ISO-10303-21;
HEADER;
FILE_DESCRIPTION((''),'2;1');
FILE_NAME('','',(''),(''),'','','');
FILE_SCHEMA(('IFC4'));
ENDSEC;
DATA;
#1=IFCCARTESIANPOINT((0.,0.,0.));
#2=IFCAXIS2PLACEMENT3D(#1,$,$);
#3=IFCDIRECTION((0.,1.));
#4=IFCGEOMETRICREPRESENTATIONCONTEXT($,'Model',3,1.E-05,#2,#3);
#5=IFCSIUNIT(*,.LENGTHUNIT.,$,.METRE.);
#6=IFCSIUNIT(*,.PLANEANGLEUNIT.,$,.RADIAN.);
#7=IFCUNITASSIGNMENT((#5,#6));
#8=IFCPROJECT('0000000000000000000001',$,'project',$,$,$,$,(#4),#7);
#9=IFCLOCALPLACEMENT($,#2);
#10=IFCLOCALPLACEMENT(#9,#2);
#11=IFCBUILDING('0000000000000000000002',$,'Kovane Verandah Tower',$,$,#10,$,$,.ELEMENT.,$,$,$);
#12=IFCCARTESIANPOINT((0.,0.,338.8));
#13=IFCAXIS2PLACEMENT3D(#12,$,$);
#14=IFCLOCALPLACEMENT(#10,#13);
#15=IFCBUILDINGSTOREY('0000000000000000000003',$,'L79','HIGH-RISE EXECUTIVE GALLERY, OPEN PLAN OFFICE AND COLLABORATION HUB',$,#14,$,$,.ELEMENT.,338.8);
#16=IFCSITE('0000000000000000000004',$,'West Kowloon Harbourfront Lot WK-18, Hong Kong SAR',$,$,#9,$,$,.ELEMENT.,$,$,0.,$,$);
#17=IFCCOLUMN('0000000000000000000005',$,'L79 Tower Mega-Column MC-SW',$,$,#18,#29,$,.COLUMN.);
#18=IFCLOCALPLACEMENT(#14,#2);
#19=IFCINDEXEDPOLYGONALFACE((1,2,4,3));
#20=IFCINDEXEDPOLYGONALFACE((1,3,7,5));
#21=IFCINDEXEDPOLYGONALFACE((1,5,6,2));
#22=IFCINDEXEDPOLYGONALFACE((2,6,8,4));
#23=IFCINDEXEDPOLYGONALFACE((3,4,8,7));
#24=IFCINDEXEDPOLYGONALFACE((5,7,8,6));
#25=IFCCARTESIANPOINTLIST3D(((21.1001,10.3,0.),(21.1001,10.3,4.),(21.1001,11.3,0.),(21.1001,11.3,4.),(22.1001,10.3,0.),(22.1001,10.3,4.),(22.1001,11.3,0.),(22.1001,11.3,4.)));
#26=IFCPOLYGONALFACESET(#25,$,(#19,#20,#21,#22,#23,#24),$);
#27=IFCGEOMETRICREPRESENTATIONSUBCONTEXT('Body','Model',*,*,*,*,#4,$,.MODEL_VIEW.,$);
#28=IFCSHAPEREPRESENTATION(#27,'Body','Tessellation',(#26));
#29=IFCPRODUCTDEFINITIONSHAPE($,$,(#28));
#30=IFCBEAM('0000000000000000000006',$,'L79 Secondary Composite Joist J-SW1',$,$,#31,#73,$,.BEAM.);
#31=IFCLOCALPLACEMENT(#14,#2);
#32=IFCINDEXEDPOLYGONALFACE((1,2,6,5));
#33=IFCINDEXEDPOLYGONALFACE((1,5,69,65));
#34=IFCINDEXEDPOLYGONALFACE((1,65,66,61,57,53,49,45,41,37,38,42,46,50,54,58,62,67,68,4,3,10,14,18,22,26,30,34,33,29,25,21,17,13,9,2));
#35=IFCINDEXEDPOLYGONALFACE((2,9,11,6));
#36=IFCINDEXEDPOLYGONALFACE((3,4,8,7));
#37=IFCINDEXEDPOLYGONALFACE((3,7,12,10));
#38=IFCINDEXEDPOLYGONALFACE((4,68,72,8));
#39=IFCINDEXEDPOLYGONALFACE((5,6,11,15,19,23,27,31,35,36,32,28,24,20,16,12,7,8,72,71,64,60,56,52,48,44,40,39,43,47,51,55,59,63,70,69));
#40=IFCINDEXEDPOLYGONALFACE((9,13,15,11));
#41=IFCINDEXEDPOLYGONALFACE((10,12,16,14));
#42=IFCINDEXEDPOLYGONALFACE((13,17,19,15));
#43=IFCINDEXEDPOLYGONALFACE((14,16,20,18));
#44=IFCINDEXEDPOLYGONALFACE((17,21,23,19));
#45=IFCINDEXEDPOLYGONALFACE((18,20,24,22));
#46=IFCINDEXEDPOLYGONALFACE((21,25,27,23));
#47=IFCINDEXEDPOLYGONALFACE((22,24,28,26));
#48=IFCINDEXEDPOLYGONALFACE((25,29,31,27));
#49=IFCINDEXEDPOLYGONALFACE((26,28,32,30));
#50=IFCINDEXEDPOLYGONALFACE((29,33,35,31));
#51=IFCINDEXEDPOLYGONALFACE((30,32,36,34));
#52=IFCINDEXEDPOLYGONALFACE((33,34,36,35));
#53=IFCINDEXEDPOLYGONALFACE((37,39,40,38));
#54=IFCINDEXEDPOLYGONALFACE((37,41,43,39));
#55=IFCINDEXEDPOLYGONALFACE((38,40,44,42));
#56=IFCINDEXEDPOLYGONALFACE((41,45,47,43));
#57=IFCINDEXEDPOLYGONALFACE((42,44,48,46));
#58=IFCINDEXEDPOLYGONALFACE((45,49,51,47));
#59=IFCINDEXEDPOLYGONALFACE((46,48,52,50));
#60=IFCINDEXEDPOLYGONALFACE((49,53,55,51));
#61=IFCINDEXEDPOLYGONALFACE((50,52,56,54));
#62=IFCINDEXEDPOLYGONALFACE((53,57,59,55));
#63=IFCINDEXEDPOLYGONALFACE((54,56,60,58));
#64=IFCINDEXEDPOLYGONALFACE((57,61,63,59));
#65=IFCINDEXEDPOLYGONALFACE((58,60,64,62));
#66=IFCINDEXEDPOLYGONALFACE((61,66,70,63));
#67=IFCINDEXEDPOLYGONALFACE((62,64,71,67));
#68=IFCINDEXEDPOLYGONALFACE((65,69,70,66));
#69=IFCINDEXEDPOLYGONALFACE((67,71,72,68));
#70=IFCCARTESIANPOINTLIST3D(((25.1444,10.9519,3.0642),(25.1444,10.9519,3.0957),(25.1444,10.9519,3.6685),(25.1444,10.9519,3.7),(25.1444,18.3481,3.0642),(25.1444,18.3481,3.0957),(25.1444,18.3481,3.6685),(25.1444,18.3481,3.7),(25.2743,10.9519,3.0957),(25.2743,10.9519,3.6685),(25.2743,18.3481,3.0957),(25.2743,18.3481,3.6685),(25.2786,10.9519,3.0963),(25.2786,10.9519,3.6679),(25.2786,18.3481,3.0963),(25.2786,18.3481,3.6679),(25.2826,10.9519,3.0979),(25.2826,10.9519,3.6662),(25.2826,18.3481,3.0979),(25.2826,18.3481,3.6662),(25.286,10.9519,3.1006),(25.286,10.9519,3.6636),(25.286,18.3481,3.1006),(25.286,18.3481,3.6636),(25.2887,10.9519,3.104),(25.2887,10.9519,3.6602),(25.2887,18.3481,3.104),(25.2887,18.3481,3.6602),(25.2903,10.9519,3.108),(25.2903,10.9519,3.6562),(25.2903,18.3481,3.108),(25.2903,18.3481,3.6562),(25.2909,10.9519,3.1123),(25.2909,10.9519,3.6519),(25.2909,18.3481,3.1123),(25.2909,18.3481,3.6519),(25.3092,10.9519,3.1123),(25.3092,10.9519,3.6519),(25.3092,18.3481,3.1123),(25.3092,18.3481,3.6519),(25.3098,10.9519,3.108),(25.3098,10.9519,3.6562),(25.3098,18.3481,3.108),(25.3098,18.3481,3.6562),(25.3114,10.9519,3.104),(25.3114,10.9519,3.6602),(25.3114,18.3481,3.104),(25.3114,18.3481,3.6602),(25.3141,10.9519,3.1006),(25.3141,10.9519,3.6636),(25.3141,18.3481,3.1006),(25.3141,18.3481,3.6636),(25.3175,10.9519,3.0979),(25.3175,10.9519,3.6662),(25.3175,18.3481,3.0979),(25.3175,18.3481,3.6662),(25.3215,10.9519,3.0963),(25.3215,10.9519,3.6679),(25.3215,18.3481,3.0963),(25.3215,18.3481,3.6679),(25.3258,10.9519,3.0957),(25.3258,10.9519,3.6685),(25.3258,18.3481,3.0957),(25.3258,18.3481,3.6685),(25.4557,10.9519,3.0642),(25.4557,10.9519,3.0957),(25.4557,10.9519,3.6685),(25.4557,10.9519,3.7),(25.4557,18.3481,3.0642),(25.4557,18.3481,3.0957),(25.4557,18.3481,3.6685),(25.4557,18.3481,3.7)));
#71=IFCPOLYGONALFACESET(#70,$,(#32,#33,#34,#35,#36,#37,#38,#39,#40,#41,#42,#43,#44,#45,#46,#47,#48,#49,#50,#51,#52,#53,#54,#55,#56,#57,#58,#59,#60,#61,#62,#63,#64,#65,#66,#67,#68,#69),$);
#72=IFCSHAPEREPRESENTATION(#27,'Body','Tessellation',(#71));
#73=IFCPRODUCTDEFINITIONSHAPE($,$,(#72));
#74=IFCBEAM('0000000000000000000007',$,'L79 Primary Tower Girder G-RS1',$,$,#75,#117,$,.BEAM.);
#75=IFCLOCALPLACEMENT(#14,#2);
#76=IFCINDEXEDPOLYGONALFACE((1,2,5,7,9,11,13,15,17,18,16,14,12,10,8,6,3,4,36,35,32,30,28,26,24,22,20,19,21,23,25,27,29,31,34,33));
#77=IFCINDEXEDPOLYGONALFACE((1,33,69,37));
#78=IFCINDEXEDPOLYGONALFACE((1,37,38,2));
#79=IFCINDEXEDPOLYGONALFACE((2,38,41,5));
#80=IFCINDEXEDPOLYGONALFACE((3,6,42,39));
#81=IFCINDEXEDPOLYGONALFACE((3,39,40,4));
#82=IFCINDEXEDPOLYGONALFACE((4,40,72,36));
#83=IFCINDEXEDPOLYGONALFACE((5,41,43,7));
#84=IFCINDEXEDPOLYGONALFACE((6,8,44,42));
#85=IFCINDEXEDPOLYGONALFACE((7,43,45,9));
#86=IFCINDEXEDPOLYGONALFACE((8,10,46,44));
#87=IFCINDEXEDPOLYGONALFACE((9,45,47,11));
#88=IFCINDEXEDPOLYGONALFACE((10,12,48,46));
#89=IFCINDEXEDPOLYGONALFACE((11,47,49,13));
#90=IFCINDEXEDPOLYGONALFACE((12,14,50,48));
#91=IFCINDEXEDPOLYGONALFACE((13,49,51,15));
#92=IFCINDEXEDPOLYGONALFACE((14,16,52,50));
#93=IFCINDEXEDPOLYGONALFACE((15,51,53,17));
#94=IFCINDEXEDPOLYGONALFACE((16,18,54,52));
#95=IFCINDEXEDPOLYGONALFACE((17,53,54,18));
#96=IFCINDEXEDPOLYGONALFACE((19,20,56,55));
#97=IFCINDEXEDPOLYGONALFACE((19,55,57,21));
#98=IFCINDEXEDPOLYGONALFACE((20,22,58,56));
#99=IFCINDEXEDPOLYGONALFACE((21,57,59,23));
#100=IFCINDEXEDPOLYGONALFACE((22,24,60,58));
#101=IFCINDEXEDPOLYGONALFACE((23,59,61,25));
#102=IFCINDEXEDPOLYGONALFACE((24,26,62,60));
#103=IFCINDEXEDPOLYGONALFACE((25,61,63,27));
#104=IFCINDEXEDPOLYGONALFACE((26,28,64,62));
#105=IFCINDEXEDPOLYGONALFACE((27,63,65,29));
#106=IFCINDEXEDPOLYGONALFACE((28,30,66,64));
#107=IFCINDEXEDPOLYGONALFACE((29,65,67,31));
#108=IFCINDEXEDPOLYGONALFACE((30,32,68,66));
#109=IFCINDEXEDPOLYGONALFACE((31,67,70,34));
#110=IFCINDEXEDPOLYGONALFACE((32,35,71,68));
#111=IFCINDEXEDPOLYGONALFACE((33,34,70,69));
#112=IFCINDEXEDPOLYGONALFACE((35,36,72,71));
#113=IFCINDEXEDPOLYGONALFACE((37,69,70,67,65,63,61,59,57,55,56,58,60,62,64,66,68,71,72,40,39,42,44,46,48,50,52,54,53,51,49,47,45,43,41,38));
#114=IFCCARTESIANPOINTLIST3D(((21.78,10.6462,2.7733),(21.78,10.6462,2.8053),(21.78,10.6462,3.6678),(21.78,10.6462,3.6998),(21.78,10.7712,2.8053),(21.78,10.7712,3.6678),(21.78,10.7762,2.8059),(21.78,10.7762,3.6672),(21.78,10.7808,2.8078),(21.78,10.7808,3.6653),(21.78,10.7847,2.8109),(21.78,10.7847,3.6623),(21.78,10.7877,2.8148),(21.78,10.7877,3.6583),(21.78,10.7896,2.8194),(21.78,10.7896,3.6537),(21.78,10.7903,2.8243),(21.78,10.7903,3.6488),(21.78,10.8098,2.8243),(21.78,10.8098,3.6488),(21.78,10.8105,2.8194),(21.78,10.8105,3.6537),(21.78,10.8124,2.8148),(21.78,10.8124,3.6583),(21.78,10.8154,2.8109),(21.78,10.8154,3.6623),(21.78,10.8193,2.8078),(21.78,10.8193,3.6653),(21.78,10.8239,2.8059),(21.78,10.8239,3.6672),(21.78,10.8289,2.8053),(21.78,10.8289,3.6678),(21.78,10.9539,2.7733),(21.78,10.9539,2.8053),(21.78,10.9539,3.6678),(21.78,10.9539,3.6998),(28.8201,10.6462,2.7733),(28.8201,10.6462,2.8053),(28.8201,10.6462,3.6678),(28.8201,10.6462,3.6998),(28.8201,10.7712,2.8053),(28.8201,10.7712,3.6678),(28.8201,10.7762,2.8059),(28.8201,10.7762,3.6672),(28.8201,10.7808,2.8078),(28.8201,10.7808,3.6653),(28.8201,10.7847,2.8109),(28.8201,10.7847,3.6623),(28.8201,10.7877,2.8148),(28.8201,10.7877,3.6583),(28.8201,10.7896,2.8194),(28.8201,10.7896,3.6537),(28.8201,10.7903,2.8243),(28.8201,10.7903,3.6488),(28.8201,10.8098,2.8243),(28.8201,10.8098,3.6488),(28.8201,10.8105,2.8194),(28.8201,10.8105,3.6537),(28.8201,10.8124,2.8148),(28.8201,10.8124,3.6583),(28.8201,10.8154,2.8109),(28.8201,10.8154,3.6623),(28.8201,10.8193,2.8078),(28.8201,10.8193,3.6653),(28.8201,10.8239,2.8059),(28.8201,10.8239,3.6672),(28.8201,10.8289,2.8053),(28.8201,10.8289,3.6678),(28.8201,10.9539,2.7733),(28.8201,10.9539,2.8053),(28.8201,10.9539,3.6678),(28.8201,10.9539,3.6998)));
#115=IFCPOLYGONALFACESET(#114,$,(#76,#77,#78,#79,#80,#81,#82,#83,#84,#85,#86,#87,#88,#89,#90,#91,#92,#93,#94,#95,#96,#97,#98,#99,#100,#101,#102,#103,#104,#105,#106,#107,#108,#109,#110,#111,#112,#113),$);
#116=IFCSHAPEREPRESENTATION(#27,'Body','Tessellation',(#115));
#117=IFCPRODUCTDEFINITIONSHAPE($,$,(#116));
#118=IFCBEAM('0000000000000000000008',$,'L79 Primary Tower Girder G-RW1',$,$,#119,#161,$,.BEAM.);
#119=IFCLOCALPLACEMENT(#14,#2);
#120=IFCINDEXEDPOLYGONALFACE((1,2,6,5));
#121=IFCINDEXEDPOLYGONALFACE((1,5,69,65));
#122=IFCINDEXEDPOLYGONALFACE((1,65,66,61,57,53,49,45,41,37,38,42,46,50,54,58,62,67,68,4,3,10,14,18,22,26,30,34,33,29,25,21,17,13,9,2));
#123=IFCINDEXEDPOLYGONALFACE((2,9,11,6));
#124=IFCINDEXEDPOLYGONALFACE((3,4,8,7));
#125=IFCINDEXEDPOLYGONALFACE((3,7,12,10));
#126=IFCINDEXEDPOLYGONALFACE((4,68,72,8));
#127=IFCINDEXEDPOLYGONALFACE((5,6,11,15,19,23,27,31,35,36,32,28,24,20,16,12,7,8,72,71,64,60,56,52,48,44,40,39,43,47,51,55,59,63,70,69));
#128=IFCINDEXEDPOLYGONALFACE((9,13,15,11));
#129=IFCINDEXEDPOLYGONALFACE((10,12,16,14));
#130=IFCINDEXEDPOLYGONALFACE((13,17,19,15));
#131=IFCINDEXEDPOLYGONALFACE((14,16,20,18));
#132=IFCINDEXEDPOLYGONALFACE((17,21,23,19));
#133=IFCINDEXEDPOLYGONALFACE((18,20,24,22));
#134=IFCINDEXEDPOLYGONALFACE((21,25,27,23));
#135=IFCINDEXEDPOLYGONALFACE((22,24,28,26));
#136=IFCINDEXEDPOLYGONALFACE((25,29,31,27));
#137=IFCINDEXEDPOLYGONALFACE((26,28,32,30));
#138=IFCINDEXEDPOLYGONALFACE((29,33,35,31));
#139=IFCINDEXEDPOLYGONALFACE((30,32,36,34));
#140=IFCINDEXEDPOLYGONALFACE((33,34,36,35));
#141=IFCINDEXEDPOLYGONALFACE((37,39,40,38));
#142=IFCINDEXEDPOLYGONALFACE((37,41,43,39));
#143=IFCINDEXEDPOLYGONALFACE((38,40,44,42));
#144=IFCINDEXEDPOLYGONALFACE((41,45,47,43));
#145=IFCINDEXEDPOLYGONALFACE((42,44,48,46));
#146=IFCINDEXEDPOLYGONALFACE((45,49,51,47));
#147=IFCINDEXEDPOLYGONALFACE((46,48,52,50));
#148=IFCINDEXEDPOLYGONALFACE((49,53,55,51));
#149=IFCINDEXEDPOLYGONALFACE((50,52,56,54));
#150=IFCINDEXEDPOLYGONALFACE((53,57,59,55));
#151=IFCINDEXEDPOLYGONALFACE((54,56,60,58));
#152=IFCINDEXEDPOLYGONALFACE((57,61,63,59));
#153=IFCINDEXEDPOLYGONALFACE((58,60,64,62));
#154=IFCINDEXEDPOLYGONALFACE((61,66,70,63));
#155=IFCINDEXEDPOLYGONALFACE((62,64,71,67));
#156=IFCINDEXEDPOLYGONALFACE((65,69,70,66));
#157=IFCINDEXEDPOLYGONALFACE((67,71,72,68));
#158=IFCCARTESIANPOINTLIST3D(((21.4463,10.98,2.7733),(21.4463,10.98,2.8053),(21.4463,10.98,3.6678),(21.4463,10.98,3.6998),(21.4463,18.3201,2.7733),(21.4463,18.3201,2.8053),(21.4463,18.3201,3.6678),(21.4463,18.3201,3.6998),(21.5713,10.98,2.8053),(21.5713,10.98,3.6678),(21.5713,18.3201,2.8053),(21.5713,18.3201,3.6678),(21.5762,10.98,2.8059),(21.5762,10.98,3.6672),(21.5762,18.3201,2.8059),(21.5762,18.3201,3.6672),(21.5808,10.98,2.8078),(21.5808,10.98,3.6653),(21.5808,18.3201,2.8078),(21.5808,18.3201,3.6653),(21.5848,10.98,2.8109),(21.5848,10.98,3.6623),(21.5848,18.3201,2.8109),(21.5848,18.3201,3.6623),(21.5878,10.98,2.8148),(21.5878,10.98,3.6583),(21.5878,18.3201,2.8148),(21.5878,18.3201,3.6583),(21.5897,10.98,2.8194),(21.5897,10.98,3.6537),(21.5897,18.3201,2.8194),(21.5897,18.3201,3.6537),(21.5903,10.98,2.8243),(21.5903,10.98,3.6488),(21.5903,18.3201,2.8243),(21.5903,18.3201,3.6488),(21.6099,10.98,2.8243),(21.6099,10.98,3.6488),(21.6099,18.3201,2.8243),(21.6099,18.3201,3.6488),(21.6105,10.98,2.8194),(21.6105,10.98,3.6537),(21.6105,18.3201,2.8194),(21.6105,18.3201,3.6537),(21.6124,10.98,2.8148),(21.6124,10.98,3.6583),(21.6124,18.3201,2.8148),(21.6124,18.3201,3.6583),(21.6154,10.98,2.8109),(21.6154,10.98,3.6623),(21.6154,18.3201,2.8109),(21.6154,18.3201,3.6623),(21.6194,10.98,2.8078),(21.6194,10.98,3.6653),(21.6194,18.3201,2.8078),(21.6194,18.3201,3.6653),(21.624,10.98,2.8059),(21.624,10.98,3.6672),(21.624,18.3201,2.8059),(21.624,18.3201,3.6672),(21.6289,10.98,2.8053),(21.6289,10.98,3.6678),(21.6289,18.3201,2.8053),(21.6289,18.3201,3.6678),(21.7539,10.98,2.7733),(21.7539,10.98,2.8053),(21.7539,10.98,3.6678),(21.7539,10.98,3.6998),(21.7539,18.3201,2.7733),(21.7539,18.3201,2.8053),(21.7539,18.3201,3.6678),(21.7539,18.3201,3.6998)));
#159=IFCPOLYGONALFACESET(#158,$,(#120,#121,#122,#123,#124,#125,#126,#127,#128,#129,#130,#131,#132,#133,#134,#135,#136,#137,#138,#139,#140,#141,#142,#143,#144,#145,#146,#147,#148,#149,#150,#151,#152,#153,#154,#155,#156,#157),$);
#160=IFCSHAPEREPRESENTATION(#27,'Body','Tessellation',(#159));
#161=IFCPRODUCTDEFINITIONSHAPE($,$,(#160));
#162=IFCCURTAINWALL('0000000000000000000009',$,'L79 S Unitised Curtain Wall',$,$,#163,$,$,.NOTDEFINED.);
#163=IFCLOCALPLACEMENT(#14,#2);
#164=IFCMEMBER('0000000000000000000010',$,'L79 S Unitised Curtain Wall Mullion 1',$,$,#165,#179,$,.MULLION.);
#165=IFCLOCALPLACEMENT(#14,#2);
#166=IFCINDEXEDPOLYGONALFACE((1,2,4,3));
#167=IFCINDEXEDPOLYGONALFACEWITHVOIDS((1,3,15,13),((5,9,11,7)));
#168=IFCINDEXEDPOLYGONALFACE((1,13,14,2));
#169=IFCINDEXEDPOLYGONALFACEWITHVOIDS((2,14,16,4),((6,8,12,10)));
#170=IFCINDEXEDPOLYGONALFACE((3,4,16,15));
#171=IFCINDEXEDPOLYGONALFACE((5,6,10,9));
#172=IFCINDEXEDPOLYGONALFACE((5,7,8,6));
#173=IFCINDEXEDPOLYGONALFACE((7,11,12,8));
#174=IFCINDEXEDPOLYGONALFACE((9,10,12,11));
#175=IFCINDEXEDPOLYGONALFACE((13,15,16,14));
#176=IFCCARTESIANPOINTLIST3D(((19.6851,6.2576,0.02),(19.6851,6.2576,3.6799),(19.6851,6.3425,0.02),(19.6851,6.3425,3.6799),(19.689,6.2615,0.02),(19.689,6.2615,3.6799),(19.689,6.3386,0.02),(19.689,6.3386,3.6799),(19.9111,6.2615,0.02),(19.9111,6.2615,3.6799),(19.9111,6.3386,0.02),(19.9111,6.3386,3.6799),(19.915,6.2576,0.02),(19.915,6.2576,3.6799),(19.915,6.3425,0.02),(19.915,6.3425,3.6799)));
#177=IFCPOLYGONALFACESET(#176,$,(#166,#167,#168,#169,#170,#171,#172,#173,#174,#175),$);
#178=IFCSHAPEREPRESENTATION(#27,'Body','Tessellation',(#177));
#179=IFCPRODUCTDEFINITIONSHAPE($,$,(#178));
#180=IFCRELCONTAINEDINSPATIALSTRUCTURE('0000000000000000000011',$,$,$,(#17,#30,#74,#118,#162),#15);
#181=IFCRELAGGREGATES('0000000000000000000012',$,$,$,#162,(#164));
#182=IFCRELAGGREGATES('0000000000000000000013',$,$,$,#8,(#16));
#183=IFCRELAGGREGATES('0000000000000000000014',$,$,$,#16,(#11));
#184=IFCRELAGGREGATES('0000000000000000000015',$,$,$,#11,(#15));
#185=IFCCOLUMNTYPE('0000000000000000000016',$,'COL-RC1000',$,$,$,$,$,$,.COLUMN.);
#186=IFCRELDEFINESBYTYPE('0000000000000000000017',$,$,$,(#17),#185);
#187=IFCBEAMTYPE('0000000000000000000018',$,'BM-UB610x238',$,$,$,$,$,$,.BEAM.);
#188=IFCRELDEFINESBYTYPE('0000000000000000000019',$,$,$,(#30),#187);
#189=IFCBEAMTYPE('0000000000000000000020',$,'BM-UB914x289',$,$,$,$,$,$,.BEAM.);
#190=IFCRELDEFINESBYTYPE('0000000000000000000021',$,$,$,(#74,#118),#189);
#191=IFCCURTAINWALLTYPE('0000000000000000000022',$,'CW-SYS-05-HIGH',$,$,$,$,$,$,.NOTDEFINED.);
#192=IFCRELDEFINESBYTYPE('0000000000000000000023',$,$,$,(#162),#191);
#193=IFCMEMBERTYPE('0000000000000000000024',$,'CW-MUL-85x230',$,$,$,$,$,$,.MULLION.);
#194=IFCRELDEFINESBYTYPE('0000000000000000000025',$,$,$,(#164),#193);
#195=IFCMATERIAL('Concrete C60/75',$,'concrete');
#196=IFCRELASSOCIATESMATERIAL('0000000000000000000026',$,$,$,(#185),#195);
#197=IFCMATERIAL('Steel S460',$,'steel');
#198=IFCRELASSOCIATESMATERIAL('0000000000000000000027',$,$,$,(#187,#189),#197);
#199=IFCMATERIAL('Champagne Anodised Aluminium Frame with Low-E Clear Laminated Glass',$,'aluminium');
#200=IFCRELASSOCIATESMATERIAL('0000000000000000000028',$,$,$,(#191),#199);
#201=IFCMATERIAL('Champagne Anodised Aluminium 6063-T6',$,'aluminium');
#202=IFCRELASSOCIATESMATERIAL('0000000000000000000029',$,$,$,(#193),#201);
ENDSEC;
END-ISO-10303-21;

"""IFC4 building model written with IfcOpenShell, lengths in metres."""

from ifc_helpers import new_model, si_unit, direction, frame, origin, origin_2d, place, context, subcontext, project, spatial, rectangle, hollow_rectangle, i_section, extrude, material, material_profile, profile_set, type_object, element, aggregate, save


model = new_model("IFC4")

# Units and contexts
model_context = context("Model", 3, precision=1e-05, world=origin(), true_north=direction((0.0, 1.0)))
body_context = subcontext(model_context, "Body", "Model", "MODEL_VIEW")
ifc_project = project(units=[si_unit("LENGTHUNIT", "METRE"), si_unit("PLANEANGLEUNIT", "RADIAN")], contexts=[model_context])

# Site, building, storey
site_placement = place(None, origin())
site = spatial("IfcSite", under=ifc_project, at=site_placement, Name="West Kowloon Harbourfront Lot WK-18, Hong Kong SAR", CompositionType="ELEMENT", RefElevation=0.0)
building_placement = place(site_placement, origin())
building = spatial("IfcBuilding", under=site, at=building_placement, Name="Kovane Verandah Tower", CompositionType="ELEMENT")
storey_placement = place(building_placement, frame((0.0, 0.0, 338.8)))
storey = spatial("IfcBuildingStorey", under=building, at=storey_placement, Name="L79", Description="HIGH-RISE EXECUTIVE GALLERY, OPEN PLAN OFFICE AND COLLABORATION HUB", CompositionType="ELEMENT", Elevation=338.8)

# Column
ifc_material_1 = material(Name="Concrete C60/75", Category="concrete")
ifc_material_profile_1 = material_profile(ifc_material_1, rectangle(XDim=1.0, YDim=1.0, at=origin_2d()), Name="RC1000x1000")
ifc_profile_set_1 = profile_set([ifc_material_profile_1], Name="Concrete C60/75")
column_type = type_object("IfcColumnType", Name="COL-RC1000", PredefinedType="COLUMN", material=ifc_profile_set_1)
column_placement = place(storey_placement, frame((21.6001, 10.8, 0.0), z_axis=(0.0, 0.0, 1.0), x_axis=(1.0, 0.0, 0.0)))
element("IfcColumn", 1, at=column_placement, inside=storey, type_object=column_type, Name="L79 Tower Mega-Column MC-SW", PredefinedType="COLUMN", context=body_context, shape_type="SweptSolid", body=[
    extrude(rectangle(XDim=1.0, YDim=1.0, at=origin_2d()), origin(), (0.0, 0.0, 1.0), 4.0),
])

# Beams
ifc_material_2 = material(Name="Steel S460", Category="steel")
ifc_material_profile_2 = material_profile(ifc_material_2, i_section(OverallWidth=0.3113, OverallDepth=0.6357, WebThickness=0.0183, FlangeThickness=0.0315, FilletRadius=0.0166, at=origin_2d()), Name="UB610x305x238")
ifc_profile_set_2 = profile_set([ifc_material_profile_2], Name="Steel S460")
beam_type_1 = type_object("IfcBeamType", Name="BM-UB610x238", PredefinedType="BEAM", material=ifc_profile_set_2)
beam_1_placement = place(storey_placement, frame((25.3, 10.9519, 3.3821), z_axis=(0.0, 1.0, 0.0), x_axis=(-1.0, 0.0, 0.0)))
element("IfcBeam", 2, at=beam_1_placement, inside=storey, type_object=beam_type_1, Name="L79 Secondary Composite Joist J-SW1", PredefinedType="BEAM", context=body_context, shape_type="SweptSolid", body=[
    extrude(i_section(OverallWidth=0.3113, OverallDepth=0.6357, WebThickness=0.0183, FlangeThickness=0.0315, FilletRadius=0.0166, at=origin_2d()), origin(), (0.0, 0.0, 1.0), 7.3962),
])
ifc_material_profile_3 = material_profile(ifc_material_2, i_section(OverallWidth=0.3076, OverallDepth=0.9265, WebThickness=0.0195, FlangeThickness=0.032, FilletRadius=0.019, at=origin_2d()), Name="UB914x305x289")
ifc_profile_set_3 = profile_set([ifc_material_profile_3], Name="Steel S460")
beam_type_2 = type_object("IfcBeamType", Name="BM-UB914x289", PredefinedType="BEAM", material=ifc_profile_set_3)
beam_2_placement = place(storey_placement, frame((21.78, 10.8, 3.2366), z_axis=(1.0, 0.0, 0.0), x_axis=(0.0, 1.0, 0.0)))
element("IfcBeam", 3, at=beam_2_placement, inside=storey, type_object=beam_type_2, Name="L79 Primary Tower Girder G-RS1", PredefinedType="BEAM", context=body_context, shape_type="SweptSolid", body=[
    extrude(i_section(OverallWidth=0.3076, OverallDepth=0.9265, WebThickness=0.0195, FlangeThickness=0.032, FilletRadius=0.019, at=origin_2d()), origin(), (0.0, 0.0, 1.0), 7.04),
])
beam_3_placement = place(storey_placement, frame((21.6001, 10.98, 3.2366), z_axis=(0.0, 1.0, 0.0), x_axis=(-1.0, 0.0, 0.0)))
element("IfcBeam", 4, at=beam_3_placement, inside=storey, type_object=beam_type_2, Name="L79 Primary Tower Girder G-RW1", PredefinedType="BEAM", context=body_context, shape_type="SweptSolid", body=[
    extrude(i_section(OverallWidth=0.3076, OverallDepth=0.9265, WebThickness=0.0195, FlangeThickness=0.032, FilletRadius=0.019, at=origin_2d()), origin(), (0.0, 0.0, 1.0), 7.3401),
])

# Curtain wall, member
ifc_material_3 = material(Name="Champagne Anodised Aluminium Frame with Low-E Clear Laminated Glass", Category="aluminium")
curtain_wall_type = type_object("IfcCurtainWallType", Name="CW-SYS-05-HIGH", PredefinedType="NOTDEFINED", material=ifc_material_3)
curtain_wall_placement = place(storey_placement, origin())
curtain_wall = element("IfcCurtainWall", 5, at=curtain_wall_placement, inside=storey, type_object=curtain_wall_type, Name="L79 S Unitised Curtain Wall", PredefinedType="NOTDEFINED")
ifc_material_4 = material(Name="Champagne Anodised Aluminium 6063-T6", Category="aluminium")
ifc_material_profile_4 = material_profile(ifc_material_4, hollow_rectangle(XDim=0.085, YDim=0.23, WallThickness=0.0039, at=origin_2d()), Name="AL85x230x4")
ifc_profile_set_4 = profile_set([ifc_material_profile_4], Name="Champagne Anodised Aluminium 6063-T6")
member_type_1 = type_object("IfcMemberType", Name="CW-MUL-85x230", PredefinedType="MULLION", material=ifc_profile_set_4)
member_1_placement = place(storey_placement, frame((19.8, 6.3, 0.02), z_axis=(0.0, 0.0, 1.0), x_axis=(0.0, -1.0, 0.0)))
member_1 = element("IfcMember", 6, at=member_1_placement, type_object=member_type_1, Name="L79 S Unitised Curtain Wall Mullion 1", PredefinedType="MULLION", context=body_context, shape_type="SweptSolid", body=[
    extrude(hollow_rectangle(XDim=0.085, YDim=0.23, WallThickness=0.0039, at=origin_2d()), origin(), (0.0, 0.0, 1.0), 3.6599),
])
aggregate(curtain_wall, [member_1])

save(model, "model.ifc")
